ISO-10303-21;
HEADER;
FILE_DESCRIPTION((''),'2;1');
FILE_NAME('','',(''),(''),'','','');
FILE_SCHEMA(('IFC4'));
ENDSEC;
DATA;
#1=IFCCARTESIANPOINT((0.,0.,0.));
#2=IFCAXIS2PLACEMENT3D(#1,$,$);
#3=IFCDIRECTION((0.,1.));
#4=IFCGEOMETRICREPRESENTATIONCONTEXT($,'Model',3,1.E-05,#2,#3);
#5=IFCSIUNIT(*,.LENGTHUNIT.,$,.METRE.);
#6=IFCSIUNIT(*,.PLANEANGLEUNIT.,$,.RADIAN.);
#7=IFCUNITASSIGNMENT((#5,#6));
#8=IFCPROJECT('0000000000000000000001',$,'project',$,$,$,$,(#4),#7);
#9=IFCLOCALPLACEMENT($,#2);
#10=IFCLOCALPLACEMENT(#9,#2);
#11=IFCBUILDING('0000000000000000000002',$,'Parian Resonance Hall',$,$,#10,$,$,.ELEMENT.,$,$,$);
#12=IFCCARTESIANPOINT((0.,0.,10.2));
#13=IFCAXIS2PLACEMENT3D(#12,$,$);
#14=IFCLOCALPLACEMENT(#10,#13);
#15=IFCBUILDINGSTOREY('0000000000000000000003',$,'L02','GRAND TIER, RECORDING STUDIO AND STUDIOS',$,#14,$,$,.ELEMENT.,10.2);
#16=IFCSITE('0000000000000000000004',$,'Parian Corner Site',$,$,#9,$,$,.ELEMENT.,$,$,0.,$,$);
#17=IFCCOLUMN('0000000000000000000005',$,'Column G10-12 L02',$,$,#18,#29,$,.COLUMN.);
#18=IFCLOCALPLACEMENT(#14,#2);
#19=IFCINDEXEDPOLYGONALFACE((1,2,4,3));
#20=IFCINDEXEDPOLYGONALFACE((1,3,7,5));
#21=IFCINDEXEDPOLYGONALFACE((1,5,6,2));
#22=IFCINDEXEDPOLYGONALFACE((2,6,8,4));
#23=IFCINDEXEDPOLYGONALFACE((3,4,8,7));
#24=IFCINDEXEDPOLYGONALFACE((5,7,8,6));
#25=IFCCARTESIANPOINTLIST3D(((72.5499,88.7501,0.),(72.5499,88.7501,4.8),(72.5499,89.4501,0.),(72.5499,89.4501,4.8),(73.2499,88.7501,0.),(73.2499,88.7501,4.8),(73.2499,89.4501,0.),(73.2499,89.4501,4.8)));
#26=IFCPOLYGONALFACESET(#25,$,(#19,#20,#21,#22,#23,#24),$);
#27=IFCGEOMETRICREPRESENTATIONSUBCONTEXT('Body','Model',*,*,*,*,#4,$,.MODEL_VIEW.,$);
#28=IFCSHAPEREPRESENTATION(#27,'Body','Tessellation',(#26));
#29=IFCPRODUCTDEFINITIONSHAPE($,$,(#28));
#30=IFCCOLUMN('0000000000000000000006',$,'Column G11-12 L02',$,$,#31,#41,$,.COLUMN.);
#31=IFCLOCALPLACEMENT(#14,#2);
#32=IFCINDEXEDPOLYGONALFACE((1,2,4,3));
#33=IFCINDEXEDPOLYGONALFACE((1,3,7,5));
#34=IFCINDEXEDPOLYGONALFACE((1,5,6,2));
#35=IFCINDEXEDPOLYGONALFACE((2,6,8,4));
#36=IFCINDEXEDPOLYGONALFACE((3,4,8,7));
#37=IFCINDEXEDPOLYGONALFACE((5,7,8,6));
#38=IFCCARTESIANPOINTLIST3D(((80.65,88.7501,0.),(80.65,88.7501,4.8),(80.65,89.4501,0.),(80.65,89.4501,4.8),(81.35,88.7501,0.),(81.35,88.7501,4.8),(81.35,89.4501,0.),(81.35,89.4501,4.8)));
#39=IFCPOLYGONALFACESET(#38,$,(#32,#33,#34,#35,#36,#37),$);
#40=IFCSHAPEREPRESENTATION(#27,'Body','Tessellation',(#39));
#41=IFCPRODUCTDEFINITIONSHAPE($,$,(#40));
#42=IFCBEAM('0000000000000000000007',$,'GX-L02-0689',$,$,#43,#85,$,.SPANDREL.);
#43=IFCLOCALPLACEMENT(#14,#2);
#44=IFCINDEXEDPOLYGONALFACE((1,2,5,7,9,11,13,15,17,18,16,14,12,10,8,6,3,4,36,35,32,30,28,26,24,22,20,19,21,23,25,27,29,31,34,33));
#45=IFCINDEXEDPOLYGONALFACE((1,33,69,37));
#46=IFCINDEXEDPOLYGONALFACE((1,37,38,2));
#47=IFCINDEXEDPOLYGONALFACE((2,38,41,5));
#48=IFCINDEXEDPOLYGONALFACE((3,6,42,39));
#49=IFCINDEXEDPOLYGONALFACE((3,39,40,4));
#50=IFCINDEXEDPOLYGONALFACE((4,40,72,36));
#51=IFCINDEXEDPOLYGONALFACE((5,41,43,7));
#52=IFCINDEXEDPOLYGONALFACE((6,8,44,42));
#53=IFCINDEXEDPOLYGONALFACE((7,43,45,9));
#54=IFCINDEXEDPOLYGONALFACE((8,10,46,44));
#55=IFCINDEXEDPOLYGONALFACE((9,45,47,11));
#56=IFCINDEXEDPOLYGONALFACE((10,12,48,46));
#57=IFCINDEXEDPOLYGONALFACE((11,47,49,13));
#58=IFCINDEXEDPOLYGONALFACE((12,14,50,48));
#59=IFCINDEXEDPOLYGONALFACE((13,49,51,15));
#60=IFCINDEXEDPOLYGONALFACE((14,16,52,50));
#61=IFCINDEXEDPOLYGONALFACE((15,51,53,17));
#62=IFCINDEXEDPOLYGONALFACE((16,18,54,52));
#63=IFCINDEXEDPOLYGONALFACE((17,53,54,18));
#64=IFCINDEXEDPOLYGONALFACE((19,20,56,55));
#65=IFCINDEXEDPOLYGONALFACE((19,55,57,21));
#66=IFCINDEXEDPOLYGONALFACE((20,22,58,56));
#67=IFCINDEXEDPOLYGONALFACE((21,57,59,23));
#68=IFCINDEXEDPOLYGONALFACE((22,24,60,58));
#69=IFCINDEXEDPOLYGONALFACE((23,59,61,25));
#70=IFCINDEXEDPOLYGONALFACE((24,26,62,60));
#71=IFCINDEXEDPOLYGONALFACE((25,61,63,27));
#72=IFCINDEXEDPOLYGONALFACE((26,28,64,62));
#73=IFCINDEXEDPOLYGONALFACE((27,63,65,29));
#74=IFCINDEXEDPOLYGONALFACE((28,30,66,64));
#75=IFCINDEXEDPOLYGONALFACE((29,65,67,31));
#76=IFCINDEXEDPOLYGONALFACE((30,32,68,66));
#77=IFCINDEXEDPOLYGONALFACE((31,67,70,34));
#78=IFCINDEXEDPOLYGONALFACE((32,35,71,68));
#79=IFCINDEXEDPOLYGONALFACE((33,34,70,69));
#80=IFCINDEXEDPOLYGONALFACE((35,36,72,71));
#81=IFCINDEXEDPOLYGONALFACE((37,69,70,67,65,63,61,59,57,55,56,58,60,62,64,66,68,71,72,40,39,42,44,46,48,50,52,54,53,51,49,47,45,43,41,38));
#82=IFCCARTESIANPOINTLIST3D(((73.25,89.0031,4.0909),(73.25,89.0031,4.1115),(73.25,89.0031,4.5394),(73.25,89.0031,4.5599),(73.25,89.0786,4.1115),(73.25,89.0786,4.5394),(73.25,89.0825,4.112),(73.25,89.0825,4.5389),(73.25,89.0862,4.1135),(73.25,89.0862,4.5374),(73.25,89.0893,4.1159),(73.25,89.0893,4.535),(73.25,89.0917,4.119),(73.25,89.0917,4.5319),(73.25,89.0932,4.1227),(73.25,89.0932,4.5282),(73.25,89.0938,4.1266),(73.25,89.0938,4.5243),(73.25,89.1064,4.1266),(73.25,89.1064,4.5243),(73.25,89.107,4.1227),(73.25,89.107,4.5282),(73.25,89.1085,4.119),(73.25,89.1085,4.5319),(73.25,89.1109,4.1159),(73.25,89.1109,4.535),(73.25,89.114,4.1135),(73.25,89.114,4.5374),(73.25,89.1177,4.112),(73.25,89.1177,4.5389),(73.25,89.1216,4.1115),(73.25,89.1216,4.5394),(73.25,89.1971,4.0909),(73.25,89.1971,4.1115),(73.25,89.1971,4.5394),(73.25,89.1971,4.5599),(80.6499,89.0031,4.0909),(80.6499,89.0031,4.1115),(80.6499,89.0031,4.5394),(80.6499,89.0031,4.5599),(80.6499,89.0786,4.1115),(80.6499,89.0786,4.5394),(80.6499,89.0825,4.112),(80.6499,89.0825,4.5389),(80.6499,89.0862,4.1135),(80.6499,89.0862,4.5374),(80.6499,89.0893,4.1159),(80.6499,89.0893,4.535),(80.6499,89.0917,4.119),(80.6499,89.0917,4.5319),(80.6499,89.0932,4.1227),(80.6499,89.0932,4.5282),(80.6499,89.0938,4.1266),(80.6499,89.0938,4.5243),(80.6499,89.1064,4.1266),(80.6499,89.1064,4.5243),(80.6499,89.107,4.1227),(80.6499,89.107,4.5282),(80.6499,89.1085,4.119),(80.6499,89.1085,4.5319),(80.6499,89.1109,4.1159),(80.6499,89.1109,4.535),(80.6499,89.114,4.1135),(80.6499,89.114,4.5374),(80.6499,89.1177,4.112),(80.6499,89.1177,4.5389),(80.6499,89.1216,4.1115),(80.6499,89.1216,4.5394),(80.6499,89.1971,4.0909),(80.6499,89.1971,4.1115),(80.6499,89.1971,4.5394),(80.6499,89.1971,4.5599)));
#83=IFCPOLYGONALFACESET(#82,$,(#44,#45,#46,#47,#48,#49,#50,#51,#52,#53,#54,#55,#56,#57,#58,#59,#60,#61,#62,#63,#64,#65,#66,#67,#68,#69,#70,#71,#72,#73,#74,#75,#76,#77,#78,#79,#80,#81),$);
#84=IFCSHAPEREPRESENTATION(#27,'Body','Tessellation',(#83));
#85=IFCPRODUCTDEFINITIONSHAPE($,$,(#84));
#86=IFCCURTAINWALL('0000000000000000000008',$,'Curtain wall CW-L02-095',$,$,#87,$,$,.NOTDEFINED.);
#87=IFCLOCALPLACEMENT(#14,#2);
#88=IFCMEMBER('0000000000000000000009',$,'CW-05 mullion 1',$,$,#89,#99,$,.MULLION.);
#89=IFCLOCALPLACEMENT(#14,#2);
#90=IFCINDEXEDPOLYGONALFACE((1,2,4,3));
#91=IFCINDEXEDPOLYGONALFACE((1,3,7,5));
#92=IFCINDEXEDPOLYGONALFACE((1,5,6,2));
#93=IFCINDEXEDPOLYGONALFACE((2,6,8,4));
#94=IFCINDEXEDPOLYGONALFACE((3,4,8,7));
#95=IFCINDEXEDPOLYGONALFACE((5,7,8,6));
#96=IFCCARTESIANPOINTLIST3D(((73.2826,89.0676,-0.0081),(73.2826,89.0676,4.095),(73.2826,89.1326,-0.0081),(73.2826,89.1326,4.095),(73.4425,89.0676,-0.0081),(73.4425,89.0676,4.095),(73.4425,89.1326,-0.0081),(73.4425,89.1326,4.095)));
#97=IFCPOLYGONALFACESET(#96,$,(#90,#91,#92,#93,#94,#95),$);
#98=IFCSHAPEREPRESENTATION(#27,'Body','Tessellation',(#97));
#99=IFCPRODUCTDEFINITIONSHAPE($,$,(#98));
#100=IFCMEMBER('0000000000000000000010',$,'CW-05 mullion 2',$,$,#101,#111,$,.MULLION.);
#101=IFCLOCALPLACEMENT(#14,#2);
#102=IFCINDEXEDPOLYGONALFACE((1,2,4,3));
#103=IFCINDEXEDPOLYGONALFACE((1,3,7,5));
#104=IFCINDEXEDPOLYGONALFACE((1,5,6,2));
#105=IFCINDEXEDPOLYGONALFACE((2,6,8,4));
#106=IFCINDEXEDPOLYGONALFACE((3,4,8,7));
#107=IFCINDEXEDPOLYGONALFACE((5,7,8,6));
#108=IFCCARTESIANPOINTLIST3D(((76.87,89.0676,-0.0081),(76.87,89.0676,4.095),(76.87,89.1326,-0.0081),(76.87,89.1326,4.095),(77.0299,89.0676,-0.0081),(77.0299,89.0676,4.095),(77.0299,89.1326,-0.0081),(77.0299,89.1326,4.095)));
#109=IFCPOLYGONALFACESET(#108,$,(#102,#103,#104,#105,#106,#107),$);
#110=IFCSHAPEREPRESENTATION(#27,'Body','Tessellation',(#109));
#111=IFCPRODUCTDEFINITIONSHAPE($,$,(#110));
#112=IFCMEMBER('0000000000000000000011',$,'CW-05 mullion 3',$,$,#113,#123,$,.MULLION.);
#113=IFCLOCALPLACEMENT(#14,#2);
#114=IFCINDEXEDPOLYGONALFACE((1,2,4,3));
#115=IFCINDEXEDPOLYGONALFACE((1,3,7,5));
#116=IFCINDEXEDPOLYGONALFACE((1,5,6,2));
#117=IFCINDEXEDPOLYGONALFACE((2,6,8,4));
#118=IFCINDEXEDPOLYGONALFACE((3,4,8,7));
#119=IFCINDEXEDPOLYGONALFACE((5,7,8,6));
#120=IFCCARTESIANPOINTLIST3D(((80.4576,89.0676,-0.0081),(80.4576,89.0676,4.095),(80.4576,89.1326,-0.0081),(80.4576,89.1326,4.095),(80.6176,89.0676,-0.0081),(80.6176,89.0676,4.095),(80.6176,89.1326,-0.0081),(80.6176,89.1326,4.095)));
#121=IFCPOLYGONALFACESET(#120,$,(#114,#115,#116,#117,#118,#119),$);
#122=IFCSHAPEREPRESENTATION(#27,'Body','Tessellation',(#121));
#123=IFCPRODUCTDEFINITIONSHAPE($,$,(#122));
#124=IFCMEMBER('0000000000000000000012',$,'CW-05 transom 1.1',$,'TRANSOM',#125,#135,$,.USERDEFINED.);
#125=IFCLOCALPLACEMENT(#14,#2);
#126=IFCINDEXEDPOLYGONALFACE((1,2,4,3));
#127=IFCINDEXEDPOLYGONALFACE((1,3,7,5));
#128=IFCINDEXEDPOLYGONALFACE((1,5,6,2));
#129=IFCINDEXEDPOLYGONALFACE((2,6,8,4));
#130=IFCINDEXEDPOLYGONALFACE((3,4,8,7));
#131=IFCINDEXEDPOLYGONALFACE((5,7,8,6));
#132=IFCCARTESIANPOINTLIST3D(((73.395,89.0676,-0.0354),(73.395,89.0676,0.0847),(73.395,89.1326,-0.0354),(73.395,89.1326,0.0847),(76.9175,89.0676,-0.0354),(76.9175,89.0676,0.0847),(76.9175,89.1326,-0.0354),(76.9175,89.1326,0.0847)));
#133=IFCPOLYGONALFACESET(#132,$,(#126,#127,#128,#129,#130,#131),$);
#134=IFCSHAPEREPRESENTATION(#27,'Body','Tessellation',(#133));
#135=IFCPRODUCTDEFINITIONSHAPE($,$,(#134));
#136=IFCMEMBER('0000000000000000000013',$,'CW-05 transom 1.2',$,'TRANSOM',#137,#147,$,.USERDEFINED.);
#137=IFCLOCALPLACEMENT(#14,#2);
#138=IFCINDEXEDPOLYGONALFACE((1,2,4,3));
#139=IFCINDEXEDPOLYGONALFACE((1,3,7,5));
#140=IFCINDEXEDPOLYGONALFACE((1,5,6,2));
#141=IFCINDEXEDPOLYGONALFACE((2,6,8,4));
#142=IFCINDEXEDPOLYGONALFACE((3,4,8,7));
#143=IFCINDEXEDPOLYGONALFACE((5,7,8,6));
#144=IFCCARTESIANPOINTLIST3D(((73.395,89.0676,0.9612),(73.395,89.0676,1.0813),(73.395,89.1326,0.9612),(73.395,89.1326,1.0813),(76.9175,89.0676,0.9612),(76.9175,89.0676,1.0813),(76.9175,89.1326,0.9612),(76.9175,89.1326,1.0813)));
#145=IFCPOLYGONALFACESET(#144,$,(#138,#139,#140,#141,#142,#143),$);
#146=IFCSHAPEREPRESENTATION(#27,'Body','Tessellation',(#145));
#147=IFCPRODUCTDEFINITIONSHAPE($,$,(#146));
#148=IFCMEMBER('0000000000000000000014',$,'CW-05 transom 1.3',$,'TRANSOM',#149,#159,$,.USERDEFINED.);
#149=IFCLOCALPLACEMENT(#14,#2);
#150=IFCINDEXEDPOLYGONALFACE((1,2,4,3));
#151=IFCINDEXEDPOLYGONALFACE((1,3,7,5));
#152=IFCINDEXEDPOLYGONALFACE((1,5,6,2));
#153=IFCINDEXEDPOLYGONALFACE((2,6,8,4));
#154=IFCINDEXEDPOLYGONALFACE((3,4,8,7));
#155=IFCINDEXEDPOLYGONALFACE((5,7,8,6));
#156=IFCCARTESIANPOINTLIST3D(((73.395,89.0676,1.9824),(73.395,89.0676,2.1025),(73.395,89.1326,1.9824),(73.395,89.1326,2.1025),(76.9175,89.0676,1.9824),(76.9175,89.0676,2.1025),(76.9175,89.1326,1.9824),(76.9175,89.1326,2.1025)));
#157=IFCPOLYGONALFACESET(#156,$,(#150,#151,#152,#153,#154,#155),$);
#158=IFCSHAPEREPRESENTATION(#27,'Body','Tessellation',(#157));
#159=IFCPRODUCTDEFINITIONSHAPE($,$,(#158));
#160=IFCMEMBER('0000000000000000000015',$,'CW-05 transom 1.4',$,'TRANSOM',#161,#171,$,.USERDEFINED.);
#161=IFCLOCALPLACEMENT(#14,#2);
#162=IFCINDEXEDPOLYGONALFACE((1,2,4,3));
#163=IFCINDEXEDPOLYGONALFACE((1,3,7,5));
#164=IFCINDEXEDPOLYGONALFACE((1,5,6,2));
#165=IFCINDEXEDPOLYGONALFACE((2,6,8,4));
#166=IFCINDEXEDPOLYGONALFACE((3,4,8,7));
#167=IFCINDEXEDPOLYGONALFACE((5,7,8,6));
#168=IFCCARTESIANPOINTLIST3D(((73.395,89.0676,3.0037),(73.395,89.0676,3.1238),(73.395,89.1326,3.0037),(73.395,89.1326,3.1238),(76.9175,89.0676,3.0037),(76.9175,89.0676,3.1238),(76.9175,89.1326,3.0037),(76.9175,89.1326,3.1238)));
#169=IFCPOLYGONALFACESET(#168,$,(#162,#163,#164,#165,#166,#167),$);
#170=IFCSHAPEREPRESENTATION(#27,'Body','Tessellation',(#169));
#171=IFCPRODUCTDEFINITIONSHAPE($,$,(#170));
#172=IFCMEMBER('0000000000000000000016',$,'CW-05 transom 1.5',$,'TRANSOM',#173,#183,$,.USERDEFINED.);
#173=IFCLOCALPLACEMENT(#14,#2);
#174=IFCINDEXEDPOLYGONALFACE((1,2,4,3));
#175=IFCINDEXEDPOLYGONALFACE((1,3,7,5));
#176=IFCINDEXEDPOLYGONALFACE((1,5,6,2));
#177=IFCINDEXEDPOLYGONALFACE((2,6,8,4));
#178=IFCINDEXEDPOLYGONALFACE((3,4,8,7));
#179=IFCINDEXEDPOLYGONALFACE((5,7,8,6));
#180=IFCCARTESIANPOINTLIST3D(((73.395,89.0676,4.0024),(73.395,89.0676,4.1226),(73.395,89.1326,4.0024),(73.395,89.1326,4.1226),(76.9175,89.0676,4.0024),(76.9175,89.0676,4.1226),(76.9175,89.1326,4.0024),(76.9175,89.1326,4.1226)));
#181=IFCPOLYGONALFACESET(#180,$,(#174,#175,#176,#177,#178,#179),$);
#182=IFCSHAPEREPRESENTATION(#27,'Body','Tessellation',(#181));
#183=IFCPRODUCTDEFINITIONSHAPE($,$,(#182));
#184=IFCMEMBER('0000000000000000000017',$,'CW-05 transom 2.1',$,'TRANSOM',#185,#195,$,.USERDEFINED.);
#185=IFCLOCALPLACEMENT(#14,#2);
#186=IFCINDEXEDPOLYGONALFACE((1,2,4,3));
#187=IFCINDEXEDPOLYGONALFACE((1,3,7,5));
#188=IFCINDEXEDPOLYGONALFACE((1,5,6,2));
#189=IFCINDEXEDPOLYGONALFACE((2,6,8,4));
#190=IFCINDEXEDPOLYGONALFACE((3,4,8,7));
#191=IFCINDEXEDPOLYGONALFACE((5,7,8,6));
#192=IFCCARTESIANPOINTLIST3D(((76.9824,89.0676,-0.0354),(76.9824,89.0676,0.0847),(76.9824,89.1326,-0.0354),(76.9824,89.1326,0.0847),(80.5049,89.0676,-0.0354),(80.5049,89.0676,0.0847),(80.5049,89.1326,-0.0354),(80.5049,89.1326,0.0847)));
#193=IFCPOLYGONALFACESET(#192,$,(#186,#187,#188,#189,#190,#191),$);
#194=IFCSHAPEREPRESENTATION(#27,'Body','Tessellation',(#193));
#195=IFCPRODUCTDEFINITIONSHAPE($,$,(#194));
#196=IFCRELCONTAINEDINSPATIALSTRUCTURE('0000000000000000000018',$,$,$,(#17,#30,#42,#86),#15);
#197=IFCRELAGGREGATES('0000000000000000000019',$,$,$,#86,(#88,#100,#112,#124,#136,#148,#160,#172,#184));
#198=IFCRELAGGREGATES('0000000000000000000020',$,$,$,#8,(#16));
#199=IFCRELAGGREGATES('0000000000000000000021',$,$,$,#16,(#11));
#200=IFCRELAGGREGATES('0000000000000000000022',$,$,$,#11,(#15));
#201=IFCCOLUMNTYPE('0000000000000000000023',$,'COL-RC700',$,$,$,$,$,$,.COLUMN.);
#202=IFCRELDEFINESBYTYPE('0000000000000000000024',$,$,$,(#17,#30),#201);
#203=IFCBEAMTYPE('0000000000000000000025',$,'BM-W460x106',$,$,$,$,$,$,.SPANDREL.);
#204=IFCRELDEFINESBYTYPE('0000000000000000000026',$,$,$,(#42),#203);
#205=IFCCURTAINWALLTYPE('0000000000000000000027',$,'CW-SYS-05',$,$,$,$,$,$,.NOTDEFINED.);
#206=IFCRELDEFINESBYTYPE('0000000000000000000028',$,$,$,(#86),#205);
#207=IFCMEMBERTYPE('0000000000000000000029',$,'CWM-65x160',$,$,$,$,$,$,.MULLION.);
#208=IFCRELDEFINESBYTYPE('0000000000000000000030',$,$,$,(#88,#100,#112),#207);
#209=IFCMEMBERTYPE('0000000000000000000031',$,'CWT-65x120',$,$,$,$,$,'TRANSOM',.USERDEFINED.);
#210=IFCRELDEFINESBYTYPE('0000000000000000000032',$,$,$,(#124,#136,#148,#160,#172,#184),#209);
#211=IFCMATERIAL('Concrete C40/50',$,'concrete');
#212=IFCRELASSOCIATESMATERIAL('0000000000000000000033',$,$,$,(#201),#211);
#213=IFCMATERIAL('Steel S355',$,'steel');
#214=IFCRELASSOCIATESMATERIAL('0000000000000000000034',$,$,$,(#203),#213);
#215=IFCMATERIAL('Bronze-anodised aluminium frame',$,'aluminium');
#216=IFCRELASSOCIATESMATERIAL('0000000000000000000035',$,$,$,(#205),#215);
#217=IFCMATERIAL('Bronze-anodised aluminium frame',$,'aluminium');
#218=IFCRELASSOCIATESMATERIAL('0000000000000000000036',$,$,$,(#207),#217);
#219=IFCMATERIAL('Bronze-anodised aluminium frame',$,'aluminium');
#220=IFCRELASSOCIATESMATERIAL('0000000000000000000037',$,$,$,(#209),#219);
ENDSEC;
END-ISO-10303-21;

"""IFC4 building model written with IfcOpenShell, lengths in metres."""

from ifc_helpers import new_model, si_unit, direction, frame, origin, origin_2d, place, context, subcontext, project, spatial, rectangle, i_section, extrude, material, material_profile, profile_set, type_object, element, aggregate, save


model = new_model("IFC4")

# Units and contexts
model_context = context("Model", 3, precision=1e-05, world=origin(), true_north=direction((0.0, 1.0)))
body_context = subcontext(model_context, "Body", "Model", "MODEL_VIEW")
ifc_project = project(units=[si_unit("LENGTHUNIT", "METRE"), si_unit("PLANEANGLEUNIT", "RADIAN")], contexts=[model_context])

# Site, building, storey
site_placement = place(None, origin())
site = spatial("IfcSite", under=ifc_project, at=site_placement, Name="Parian Corner Site", CompositionType="ELEMENT", RefElevation=0.0)
building_placement = place(site_placement, origin())
building = spatial("IfcBuilding", under=site, at=building_placement, Name="Parian Resonance Hall", CompositionType="ELEMENT")
storey_placement = place(building_placement, frame((0.0, 0.0, 10.2)))
storey = spatial("IfcBuildingStorey", under=building, at=storey_placement, Name="L02", Description="GRAND TIER, RECORDING STUDIO AND STUDIOS", CompositionType="ELEMENT", Elevation=10.2)

# Columns
ifc_material_1 = material(Name="Concrete C40/50", Category="concrete")
ifc_material_profile_1 = material_profile(ifc_material_1, rectangle(XDim=0.7, YDim=0.7, at=origin_2d()), Name="RC-COL-700x700")
ifc_profile_set_1 = profile_set([ifc_material_profile_1], Name="Concrete C40/50")
column_type = type_object("IfcColumnType", Name="COL-RC700", PredefinedType="COLUMN", material=ifc_profile_set_1)
for number, where, z_axis, x_axis, name in (
    (1, (72.8999, 89.1001, 0.0), (0.0, 0.0, 1.0), (1.0, 0.0, 0.0), "Column G10-12 L02"),
    (2, (81.0, 89.1001, 0.0), (0.0, 0.0, 1.0), (1.0, 0.0, 0.0), "Column G11-12 L02"),
):
    element("IfcColumn", number, at=place(storey_placement, frame(where, z_axis=z_axis, x_axis=x_axis)), inside=storey, type_object=column_type, Name=name, PredefinedType="COLUMN", context=body_context, shape_type="SweptSolid", body=[
        extrude(rectangle(XDim=0.7, YDim=0.7, at=origin_2d()), origin(), (0.0, 0.0, 1.0), 4.8),
    ])

# Beam
ifc_material_2 = material(Name="Steel S355", Category="steel")
ifc_material_profile_2 = material_profile(ifc_material_2, i_section(OverallWidth=0.1941, OverallDepth=0.469, WebThickness=0.0127, FlangeThickness=0.0205, FilletRadius=0.0151, at=origin_2d()), Name="W460x106")
ifc_profile_set_2 = profile_set([ifc_material_profile_2], Name="Steel S355")
beam_type = type_object("IfcBeamType", Name="BM-W460x106", PredefinedType="SPANDREL", material=ifc_profile_set_2)
beam_placement = place(storey_placement, frame((73.25, 89.1001, 4.3254), z_axis=(1.0, 0.0, 0.0), x_axis=(0.0, 1.0, 0.0)))
element("IfcBeam", 3, at=beam_placement, inside=storey, type_object=beam_type, Name="GX-L02-0689", PredefinedType="SPANDREL", context=body_context, shape_type="SweptSolid", body=[
    extrude(i_section(OverallWidth=0.1941, OverallDepth=0.469, WebThickness=0.0127, FlangeThickness=0.0205, FilletRadius=0.0151, at=origin_2d()), origin(), (0.0, 0.0, 1.0), 7.3999),
])

# Curtain wall, members
ifc_material_3 = material(Name="Bronze-anodised aluminium frame", Category="aluminium")
curtain_wall_type = type_object("IfcCurtainWallType", Name="CW-SYS-05", PredefinedType="NOTDEFINED", material=ifc_material_3)
curtain_wall_placement = place(storey_placement, origin())
curtain_wall = element("IfcCurtainWall", 4, at=curtain_wall_placement, inside=storey, type_object=curtain_wall_type, Name="Curtain wall CW-L02-095", PredefinedType="NOTDEFINED")
ifc_material_4 = material(Name="Bronze-anodised aluminium frame", Category="aluminium")
ifc_material_profile_3 = material_profile(ifc_material_4, rectangle(XDim=0.0649, YDim=0.1599, at=origin_2d()), Name="CWM-65x160")
ifc_profile_set_3 = profile_set([ifc_material_profile_3], Name="Bronze-anodised aluminium frame")
member_type_1 = type_object("IfcMemberType", Name="CWM-65x160", PredefinedType="MULLION", material=ifc_profile_set_3)
member_1_placement = place(storey_placement, frame((73.3625, 89.1001, -0.0081), z_axis=(0.0, 0.0, 1.0), x_axis=(0.0, 1.0, 0.0)))
member_1 = element("IfcMember", 5, at=member_1_placement, type_object=member_type_1, Name="CW-05 mullion 1", PredefinedType="MULLION", context=body_context, shape_type="SweptSolid", body=[
    extrude(rectangle(XDim=0.0649, YDim=0.1599, at=origin_2d()), origin(), (0.0, 0.0, 1.0), 4.103),
])
member_2_placement = place(storey_placement, frame((76.95, 89.1001, -0.0081), z_axis=(0.0, 0.0, 1.0), x_axis=(0.0, 1.0, 0.0)))
member_2 = element("IfcMember", 6, at=member_2_placement, type_object=member_type_1, Name="CW-05 mullion 2", PredefinedType="MULLION", context=body_context, shape_type="SweptSolid", body=[
    extrude(rectangle(XDim=0.0649, YDim=0.1599, at=origin_2d()), origin(), (0.0, 0.0, 1.0), 4.103),
])
member_3_placement = place(storey_placement, frame((80.5376, 89.1001, -0.0081), z_axis=(0.0, 0.0, 1.0), x_axis=(0.0, 1.0, 0.0)))
member_3 = element("IfcMember", 7, at=member_3_placement, type_object=member_type_1, Name="CW-05 mullion 3", PredefinedType="MULLION", context=body_context, shape_type="SweptSolid", body=[
    extrude(rectangle(XDim=0.0649, YDim=0.1599, at=origin_2d()), origin(), (0.0, 0.0, 1.0), 4.103),
])
ifc_material_5 = material(Name="Bronze-anodised aluminium frame", Category="aluminium")
ifc_material_profile_4 = material_profile(ifc_material_5, rectangle(XDim=0.0649, YDim=0.1201, at=origin_2d()), Name="CWT-65x120")
ifc_profile_set_4 = profile_set([ifc_material_profile_4], Name="Bronze-anodised aluminium frame")
member_type_2 = type_object("IfcMemberType", Name="CWT-65x120", ElementType="TRANSOM", PredefinedType="USERDEFINED", material=ifc_profile_set_4)
member_4_placement = place(storey_placement, frame((73.395, 89.1001, 0.0247), z_axis=(1.0, 0.0, 0.0), x_axis=(0.0, 1.0, 0.0)))
member_4 = element("IfcMember", 8, at=member_4_placement, type_object=member_type_2, Name="CW-05 transom 1.1", ObjectType="TRANSOM", PredefinedType="USERDEFINED", context=body_context, shape_type="SweptSolid", body=[
    extrude(rectangle(XDim=0.0649, YDim=0.1201, at=origin_2d()), origin(), (0.0, 0.0, 1.0), 3.5225),
])
member_5_placement = place(storey_placement, frame((73.395, 89.1001, 1.0212), z_axis=(1.0, 0.0, 0.0), x_axis=(0.0, 1.0, 0.0)))
member_5 = element("IfcMember", 9, at=member_5_placement, type_object=member_type_2, Name="CW-05 transom 1.2", ObjectType="TRANSOM", PredefinedType="USERDEFINED", context=body_context, shape_type="SweptSolid", body=[
    extrude(rectangle(XDim=0.0649, YDim=0.1201, at=origin_2d()), origin(), (0.0, 0.0, 1.0), 3.5225),
])
member_6_placement = place(storey_placement, frame((73.395, 89.1001, 2.0425), z_axis=(1.0, 0.0, 0.0), x_axis=(0.0, 1.0, 0.0)))
member_6 = element("IfcMember", 10, at=member_6_placement, type_object=member_type_2, Name="CW-05 transom 1.3", ObjectType="TRANSOM", PredefinedType="USERDEFINED", context=body_context, shape_type="SweptSolid", body=[
    extrude(rectangle(XDim=0.0649, YDim=0.1201, at=origin_2d()), origin(), (0.0, 0.0, 1.0), 3.5225),
])
member_7_placement = place(storey_placement, frame((73.395, 89.1001, 3.0637), z_axis=(1.0, 0.0, 0.0), x_axis=(0.0, 1.0, 0.0)))
member_7 = element("IfcMember", 11, at=member_7_placement, type_object=member_type_2, Name="CW-05 transom 1.4", ObjectType="TRANSOM", PredefinedType="USERDEFINED", context=body_context, shape_type="SweptSolid", body=[
    extrude(rectangle(XDim=0.0649, YDim=0.1201, at=origin_2d()), origin(), (0.0, 0.0, 1.0), 3.5225),
])
member_8_placement = place(storey_placement, frame((73.395, 89.1001, 4.0625), z_axis=(1.0, 0.0, 0.0), x_axis=(0.0, 1.0, 0.0)))
member_8 = element("IfcMember", 12, at=member_8_placement, type_object=member_type_2, Name="CW-05 transom 1.5", ObjectType="TRANSOM", PredefinedType="USERDEFINED", context=body_context, shape_type="SweptSolid", body=[
    extrude(rectangle(XDim=0.0649, YDim=0.1201, at=origin_2d()), origin(), (0.0, 0.0, 1.0), 3.5225),
])
member_9_placement = place(storey_placement, frame((76.9824, 89.1001, 0.0247), z_axis=(1.0, 0.0, 0.0), x_axis=(0.0, 1.0, 0.0)))
member_9 = element("IfcMember", 13, at=member_9_placement, type_object=member_type_2, Name="CW-05 transom 2.1", ObjectType="TRANSOM", PredefinedType="USERDEFINED", context=body_context, shape_type="SweptSolid", body=[
    extrude(rectangle(XDim=0.0649, YDim=0.1201, at=origin_2d()), origin(), (0.0, 0.0, 1.0), 3.5225),
])
aggregate(curtain_wall, [member_1, member_2, member_3, member_4, member_5, member_6, member_7, member_8, member_9])

save(model, "model.ifc")
